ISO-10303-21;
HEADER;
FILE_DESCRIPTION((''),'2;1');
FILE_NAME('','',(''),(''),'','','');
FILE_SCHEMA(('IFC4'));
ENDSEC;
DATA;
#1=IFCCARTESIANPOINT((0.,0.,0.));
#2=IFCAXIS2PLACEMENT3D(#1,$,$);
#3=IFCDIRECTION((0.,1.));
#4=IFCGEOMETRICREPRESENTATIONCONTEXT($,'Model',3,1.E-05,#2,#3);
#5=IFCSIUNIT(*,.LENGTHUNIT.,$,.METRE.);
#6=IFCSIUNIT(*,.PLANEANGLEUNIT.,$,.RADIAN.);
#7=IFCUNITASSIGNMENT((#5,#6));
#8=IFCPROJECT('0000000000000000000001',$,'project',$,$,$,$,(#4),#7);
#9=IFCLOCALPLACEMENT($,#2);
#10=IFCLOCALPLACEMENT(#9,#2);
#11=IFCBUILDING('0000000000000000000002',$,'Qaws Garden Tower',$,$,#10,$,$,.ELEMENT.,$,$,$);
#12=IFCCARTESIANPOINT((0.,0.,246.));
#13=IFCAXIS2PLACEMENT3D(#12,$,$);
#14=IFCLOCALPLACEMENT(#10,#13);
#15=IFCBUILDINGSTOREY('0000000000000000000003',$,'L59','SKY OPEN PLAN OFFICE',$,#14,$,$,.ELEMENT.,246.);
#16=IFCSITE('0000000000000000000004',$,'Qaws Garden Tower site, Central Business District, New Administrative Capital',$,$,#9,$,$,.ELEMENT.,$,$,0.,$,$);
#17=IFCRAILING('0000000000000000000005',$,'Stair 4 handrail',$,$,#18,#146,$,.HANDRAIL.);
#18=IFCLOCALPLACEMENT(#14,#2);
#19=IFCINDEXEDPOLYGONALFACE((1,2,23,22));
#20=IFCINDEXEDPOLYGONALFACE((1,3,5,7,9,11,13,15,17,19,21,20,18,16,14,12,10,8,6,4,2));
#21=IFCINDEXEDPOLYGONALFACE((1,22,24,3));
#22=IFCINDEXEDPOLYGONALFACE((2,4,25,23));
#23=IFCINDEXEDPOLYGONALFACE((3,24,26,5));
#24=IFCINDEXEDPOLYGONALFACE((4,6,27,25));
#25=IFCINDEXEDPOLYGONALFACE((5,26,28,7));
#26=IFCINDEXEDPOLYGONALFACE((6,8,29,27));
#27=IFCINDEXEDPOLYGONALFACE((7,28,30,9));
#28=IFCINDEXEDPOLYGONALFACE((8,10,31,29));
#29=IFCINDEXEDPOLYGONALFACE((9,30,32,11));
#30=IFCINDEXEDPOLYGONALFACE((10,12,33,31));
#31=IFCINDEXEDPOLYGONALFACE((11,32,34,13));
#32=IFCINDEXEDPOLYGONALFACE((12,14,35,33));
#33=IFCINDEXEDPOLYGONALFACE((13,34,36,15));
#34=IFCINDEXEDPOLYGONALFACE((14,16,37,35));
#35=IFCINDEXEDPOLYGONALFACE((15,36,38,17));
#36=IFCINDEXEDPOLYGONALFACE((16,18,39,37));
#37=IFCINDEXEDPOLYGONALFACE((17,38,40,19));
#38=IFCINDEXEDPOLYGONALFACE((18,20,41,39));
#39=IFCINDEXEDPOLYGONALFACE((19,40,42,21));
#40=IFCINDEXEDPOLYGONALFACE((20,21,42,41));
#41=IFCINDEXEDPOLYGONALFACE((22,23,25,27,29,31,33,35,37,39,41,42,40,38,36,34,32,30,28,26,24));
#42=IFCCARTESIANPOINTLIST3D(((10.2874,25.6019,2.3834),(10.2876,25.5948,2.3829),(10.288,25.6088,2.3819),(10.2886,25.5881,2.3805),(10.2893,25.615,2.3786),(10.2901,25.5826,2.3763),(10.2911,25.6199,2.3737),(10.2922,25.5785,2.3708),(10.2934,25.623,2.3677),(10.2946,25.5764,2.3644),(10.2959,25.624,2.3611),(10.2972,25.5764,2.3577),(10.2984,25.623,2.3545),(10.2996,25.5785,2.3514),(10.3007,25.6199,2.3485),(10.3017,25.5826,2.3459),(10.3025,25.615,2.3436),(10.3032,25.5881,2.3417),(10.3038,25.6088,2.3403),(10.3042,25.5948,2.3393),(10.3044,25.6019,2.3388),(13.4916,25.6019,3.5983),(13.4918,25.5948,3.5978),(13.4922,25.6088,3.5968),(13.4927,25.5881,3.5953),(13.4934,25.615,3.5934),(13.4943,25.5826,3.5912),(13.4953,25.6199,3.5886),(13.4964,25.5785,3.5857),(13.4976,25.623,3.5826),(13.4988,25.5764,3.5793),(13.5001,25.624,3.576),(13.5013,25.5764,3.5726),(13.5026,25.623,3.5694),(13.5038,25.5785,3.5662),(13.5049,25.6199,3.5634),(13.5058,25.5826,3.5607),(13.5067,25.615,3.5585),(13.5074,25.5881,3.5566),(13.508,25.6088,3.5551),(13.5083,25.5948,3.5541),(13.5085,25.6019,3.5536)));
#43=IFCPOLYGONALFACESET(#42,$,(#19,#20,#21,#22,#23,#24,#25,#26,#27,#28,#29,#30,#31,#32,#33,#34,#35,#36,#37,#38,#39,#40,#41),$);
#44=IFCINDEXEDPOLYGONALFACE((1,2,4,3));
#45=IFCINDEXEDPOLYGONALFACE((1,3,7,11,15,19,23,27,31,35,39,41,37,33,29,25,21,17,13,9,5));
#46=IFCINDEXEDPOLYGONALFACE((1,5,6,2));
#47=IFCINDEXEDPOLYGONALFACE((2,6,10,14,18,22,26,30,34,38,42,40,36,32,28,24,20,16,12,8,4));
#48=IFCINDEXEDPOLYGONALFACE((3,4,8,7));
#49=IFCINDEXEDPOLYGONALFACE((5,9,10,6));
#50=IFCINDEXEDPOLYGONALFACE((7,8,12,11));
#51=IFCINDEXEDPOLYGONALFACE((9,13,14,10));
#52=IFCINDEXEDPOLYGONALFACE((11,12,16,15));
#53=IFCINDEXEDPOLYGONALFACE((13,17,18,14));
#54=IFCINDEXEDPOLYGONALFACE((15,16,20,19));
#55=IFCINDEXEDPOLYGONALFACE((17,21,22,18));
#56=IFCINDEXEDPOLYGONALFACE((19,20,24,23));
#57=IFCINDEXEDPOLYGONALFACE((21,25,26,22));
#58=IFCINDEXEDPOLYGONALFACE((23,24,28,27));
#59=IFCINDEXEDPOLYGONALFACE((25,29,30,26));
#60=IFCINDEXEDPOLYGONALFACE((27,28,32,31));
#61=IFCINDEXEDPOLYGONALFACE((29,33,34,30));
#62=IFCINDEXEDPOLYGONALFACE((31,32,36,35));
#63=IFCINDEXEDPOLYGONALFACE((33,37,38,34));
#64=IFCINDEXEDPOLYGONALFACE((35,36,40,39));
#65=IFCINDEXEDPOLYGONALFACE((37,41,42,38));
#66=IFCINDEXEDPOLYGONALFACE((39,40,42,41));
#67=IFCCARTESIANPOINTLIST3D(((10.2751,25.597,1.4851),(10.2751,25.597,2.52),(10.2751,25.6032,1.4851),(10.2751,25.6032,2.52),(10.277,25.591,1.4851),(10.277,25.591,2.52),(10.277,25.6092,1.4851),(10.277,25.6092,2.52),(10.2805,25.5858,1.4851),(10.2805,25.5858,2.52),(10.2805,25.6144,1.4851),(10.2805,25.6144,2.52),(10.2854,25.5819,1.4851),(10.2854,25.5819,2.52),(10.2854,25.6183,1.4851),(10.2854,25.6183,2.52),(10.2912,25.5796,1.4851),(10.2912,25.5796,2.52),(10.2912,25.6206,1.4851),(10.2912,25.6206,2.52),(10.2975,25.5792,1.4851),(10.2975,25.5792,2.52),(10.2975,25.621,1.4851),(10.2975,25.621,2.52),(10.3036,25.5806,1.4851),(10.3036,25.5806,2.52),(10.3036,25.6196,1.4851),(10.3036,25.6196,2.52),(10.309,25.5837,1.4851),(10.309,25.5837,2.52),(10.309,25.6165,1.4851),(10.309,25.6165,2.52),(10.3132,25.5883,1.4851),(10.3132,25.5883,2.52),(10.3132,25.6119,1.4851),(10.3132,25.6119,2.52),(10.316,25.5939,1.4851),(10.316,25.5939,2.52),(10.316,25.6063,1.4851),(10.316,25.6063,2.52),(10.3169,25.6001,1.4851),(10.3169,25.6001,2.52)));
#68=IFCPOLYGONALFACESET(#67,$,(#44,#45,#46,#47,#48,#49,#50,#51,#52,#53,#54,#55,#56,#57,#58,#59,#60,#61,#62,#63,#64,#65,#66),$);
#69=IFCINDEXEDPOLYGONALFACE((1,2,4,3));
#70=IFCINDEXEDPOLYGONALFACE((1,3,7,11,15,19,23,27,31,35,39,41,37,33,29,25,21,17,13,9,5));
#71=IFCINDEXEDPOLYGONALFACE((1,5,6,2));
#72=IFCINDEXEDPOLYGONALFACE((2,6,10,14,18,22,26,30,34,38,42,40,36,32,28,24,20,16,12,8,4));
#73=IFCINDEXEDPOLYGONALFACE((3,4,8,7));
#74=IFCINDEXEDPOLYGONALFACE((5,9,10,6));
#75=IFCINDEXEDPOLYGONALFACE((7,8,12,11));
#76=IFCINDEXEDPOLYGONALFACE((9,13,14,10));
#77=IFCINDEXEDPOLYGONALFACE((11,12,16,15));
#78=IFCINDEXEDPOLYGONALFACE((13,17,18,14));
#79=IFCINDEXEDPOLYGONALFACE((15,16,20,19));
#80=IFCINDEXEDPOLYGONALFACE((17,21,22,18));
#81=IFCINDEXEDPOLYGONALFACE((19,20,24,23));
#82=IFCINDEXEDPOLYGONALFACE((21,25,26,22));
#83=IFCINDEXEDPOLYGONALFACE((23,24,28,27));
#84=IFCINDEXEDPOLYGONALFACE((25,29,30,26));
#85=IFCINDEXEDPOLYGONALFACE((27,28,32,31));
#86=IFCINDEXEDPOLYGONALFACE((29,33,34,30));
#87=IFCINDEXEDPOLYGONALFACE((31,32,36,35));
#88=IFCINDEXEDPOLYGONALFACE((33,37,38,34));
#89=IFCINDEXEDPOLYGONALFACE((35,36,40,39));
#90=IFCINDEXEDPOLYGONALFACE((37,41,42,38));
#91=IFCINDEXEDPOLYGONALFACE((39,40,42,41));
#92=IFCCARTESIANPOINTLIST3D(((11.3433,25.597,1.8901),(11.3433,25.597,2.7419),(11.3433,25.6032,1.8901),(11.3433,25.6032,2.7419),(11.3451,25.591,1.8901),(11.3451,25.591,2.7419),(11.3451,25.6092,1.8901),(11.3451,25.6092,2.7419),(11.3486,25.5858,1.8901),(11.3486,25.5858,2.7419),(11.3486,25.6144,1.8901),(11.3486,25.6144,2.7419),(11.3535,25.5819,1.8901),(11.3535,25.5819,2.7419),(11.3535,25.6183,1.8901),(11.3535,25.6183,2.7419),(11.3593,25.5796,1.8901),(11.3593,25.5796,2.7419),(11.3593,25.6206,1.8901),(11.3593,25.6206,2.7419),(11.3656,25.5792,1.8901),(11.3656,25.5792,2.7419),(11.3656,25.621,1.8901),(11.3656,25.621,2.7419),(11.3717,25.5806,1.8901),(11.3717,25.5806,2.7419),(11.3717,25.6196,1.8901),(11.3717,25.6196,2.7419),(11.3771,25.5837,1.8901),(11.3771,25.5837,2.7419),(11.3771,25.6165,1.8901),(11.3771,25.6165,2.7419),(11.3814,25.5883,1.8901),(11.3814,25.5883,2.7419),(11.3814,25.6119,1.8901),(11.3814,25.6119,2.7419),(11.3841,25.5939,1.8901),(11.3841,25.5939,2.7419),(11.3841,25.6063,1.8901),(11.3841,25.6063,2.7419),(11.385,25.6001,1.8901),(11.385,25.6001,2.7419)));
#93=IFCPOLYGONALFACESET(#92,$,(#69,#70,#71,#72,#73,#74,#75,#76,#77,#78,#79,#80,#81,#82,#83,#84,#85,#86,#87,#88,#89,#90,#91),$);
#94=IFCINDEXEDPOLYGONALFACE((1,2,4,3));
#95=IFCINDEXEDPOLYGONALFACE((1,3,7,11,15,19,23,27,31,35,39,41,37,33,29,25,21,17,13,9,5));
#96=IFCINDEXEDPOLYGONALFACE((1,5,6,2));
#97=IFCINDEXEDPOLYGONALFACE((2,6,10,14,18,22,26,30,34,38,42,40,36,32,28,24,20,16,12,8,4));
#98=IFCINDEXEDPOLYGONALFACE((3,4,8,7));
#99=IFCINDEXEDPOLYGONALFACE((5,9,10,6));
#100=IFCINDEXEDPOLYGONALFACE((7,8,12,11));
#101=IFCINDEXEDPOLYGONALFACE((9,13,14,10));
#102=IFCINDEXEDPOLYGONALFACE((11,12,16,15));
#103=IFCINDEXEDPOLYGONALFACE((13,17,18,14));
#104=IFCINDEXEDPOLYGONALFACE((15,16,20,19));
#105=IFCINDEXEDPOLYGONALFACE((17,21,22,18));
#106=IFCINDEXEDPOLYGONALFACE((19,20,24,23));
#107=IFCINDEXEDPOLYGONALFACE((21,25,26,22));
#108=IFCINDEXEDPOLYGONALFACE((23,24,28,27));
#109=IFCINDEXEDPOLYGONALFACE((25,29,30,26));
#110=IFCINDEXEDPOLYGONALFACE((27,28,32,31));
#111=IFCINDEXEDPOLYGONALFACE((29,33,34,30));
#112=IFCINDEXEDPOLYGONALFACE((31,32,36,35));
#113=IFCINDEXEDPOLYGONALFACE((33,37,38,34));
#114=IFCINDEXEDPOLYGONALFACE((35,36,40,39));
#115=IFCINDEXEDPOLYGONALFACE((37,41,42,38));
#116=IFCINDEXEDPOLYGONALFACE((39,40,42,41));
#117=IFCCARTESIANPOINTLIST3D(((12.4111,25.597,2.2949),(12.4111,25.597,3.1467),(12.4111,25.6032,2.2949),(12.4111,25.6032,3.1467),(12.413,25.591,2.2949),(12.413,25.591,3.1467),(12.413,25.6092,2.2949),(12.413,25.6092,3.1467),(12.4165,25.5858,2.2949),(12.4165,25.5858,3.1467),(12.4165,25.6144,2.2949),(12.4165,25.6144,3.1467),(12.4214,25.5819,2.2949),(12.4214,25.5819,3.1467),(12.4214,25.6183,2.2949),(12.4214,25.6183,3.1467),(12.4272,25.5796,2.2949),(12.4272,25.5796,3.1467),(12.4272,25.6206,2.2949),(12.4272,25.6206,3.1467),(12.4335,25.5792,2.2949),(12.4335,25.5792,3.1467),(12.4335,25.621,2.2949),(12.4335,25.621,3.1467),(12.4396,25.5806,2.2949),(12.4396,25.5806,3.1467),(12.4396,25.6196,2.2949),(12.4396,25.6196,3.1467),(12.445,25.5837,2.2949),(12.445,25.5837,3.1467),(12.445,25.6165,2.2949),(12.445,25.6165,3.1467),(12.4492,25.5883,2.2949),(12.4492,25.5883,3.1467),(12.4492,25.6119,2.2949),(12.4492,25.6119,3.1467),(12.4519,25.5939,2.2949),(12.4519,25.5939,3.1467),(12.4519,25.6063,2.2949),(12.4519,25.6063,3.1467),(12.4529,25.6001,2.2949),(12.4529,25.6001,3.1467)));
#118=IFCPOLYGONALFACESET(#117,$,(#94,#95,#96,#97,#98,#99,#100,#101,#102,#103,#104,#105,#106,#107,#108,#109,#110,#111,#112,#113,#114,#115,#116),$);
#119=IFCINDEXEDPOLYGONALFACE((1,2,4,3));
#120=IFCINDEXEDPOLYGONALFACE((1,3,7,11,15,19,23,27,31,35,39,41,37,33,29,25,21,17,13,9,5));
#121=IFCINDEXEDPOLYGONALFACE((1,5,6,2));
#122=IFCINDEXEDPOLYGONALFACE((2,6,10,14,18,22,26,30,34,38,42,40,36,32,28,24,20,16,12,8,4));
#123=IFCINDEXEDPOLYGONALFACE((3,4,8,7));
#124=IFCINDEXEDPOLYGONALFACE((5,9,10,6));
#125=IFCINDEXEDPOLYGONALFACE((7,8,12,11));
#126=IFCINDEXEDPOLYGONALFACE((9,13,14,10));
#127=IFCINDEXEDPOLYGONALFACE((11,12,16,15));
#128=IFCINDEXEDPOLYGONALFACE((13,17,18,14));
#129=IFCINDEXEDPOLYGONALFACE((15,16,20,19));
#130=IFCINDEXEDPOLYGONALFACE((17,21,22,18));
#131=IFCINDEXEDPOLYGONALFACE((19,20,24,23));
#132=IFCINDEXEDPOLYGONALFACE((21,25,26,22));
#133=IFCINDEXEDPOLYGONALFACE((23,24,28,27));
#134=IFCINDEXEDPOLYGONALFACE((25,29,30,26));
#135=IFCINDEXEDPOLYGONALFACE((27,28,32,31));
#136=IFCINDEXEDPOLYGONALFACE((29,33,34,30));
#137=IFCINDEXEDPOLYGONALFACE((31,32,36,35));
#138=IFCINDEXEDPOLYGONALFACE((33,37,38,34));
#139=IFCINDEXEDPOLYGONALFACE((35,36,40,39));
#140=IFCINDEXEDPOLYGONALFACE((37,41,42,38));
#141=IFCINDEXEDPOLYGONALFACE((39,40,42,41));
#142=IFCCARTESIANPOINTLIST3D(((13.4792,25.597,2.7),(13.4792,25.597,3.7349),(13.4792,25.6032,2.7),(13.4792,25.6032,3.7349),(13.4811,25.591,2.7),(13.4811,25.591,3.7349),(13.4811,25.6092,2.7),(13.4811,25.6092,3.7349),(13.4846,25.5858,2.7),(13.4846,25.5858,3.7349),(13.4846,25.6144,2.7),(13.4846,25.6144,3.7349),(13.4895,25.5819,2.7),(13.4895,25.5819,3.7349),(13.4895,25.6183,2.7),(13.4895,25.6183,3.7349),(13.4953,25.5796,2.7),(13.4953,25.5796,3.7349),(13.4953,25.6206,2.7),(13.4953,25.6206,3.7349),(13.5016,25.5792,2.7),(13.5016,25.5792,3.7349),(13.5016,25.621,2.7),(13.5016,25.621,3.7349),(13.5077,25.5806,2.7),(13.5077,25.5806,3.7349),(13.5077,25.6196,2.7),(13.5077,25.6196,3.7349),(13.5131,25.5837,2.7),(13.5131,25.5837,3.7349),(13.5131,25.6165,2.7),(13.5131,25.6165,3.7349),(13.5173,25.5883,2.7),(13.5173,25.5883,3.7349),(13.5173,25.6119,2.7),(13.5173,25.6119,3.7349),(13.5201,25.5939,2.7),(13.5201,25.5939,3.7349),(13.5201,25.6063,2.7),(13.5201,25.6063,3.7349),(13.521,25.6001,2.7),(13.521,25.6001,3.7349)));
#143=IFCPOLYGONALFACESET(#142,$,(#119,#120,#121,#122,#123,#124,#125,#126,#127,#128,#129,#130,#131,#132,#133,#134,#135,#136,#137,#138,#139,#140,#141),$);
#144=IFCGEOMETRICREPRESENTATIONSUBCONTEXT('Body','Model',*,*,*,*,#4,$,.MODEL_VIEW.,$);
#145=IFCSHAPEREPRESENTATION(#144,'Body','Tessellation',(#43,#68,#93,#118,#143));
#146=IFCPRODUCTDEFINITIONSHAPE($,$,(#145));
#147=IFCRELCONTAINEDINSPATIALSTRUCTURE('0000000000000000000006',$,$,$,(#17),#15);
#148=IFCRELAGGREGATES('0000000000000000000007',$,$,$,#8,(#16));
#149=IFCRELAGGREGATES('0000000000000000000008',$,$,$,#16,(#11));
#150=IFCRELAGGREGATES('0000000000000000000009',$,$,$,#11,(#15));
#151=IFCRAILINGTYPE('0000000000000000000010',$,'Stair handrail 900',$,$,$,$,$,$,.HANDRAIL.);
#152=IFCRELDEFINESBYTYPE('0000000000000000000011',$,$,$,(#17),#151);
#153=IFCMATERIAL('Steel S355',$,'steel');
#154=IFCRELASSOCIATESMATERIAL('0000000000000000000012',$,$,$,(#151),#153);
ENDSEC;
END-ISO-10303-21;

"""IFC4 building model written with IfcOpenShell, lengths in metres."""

from ifc_helpers import new_model, si_unit, direction, frame, origin, origin_2d, place, context, subcontext, project, spatial, circle, extrude, material, type_object, element, save


model = new_model("IFC4")

# Units and contexts
model_context = context("Model", 3, precision=1e-05, world=origin(), true_north=direction((0.0, 1.0)))
body_context = subcontext(model_context, "Body", "Model", "MODEL_VIEW")
ifc_project = project(units=[si_unit("LENGTHUNIT", "METRE"), si_unit("PLANEANGLEUNIT", "RADIAN")], contexts=[model_context])

# Site, building, storey
site_placement = place(None, origin())
site = spatial("IfcSite", under=ifc_project, at=site_placement, Name="Qaws Garden Tower site, Central Business District, New Administrative Capital", CompositionType="ELEMENT", RefElevation=0.0)
building_placement = place(site_placement, origin())
building = spatial("IfcBuilding", under=site, at=building_placement, Name="Qaws Garden Tower", CompositionType="ELEMENT")
storey_placement = place(building_placement, frame((0.0, 0.0, 246.0)))
storey = spatial("IfcBuildingStorey", under=building, at=storey_placement, Name="L59", Description="SKY OPEN PLAN OFFICE", CompositionType="ELEMENT", Elevation=246.0)

# Railing
ifc_material_1 = material(Name="Steel S355", Category="steel")
railing_type = type_object("IfcRailingType", Name="Stair handrail 900", PredefinedType="HANDRAIL", material=ifc_material_1)
for number, where, name in (
    (1, (10.2959, 25.6001, 1.4851), "Stair 4 handrail"),
):
    element("IfcRailing", number, at=place(storey_placement, frame(where)), inside=storey, type_object=railing_type, Name=name, PredefinedType="HANDRAIL", context=body_context, shape_type="SweptSolid", body=[
        extrude(circle(Radius=0.0239, at=origin_2d()), frame((0.0, 0.0, 0.876), z_axis=(0.935046, 0.0, 0.354525), x_axis=(0.0, 1.0, 0.0)), (0.0, 0.0, 1.0), 3.4268),
        extrude(circle(Radius=0.021, at=origin_2d()), origin(), (0.0, 0.0, 1.0), 1.0349),
        extrude(circle(Radius=0.021, at=origin_2d()), frame((1.0681, 0.0, 0.405)), (0.0, 0.0, 1.0), 0.8518),
        extrude(circle(Radius=0.021, at=origin_2d()), frame((2.136, 0.0, 0.8098)), (0.0, 0.0, 1.0), 0.8518),
        extrude(circle(Radius=0.021, at=origin_2d()), frame((3.2041, 0.0, 1.2148)), (0.0, 0.0, 1.0), 1.0349),
    ])

save(model, "model.ifc")
